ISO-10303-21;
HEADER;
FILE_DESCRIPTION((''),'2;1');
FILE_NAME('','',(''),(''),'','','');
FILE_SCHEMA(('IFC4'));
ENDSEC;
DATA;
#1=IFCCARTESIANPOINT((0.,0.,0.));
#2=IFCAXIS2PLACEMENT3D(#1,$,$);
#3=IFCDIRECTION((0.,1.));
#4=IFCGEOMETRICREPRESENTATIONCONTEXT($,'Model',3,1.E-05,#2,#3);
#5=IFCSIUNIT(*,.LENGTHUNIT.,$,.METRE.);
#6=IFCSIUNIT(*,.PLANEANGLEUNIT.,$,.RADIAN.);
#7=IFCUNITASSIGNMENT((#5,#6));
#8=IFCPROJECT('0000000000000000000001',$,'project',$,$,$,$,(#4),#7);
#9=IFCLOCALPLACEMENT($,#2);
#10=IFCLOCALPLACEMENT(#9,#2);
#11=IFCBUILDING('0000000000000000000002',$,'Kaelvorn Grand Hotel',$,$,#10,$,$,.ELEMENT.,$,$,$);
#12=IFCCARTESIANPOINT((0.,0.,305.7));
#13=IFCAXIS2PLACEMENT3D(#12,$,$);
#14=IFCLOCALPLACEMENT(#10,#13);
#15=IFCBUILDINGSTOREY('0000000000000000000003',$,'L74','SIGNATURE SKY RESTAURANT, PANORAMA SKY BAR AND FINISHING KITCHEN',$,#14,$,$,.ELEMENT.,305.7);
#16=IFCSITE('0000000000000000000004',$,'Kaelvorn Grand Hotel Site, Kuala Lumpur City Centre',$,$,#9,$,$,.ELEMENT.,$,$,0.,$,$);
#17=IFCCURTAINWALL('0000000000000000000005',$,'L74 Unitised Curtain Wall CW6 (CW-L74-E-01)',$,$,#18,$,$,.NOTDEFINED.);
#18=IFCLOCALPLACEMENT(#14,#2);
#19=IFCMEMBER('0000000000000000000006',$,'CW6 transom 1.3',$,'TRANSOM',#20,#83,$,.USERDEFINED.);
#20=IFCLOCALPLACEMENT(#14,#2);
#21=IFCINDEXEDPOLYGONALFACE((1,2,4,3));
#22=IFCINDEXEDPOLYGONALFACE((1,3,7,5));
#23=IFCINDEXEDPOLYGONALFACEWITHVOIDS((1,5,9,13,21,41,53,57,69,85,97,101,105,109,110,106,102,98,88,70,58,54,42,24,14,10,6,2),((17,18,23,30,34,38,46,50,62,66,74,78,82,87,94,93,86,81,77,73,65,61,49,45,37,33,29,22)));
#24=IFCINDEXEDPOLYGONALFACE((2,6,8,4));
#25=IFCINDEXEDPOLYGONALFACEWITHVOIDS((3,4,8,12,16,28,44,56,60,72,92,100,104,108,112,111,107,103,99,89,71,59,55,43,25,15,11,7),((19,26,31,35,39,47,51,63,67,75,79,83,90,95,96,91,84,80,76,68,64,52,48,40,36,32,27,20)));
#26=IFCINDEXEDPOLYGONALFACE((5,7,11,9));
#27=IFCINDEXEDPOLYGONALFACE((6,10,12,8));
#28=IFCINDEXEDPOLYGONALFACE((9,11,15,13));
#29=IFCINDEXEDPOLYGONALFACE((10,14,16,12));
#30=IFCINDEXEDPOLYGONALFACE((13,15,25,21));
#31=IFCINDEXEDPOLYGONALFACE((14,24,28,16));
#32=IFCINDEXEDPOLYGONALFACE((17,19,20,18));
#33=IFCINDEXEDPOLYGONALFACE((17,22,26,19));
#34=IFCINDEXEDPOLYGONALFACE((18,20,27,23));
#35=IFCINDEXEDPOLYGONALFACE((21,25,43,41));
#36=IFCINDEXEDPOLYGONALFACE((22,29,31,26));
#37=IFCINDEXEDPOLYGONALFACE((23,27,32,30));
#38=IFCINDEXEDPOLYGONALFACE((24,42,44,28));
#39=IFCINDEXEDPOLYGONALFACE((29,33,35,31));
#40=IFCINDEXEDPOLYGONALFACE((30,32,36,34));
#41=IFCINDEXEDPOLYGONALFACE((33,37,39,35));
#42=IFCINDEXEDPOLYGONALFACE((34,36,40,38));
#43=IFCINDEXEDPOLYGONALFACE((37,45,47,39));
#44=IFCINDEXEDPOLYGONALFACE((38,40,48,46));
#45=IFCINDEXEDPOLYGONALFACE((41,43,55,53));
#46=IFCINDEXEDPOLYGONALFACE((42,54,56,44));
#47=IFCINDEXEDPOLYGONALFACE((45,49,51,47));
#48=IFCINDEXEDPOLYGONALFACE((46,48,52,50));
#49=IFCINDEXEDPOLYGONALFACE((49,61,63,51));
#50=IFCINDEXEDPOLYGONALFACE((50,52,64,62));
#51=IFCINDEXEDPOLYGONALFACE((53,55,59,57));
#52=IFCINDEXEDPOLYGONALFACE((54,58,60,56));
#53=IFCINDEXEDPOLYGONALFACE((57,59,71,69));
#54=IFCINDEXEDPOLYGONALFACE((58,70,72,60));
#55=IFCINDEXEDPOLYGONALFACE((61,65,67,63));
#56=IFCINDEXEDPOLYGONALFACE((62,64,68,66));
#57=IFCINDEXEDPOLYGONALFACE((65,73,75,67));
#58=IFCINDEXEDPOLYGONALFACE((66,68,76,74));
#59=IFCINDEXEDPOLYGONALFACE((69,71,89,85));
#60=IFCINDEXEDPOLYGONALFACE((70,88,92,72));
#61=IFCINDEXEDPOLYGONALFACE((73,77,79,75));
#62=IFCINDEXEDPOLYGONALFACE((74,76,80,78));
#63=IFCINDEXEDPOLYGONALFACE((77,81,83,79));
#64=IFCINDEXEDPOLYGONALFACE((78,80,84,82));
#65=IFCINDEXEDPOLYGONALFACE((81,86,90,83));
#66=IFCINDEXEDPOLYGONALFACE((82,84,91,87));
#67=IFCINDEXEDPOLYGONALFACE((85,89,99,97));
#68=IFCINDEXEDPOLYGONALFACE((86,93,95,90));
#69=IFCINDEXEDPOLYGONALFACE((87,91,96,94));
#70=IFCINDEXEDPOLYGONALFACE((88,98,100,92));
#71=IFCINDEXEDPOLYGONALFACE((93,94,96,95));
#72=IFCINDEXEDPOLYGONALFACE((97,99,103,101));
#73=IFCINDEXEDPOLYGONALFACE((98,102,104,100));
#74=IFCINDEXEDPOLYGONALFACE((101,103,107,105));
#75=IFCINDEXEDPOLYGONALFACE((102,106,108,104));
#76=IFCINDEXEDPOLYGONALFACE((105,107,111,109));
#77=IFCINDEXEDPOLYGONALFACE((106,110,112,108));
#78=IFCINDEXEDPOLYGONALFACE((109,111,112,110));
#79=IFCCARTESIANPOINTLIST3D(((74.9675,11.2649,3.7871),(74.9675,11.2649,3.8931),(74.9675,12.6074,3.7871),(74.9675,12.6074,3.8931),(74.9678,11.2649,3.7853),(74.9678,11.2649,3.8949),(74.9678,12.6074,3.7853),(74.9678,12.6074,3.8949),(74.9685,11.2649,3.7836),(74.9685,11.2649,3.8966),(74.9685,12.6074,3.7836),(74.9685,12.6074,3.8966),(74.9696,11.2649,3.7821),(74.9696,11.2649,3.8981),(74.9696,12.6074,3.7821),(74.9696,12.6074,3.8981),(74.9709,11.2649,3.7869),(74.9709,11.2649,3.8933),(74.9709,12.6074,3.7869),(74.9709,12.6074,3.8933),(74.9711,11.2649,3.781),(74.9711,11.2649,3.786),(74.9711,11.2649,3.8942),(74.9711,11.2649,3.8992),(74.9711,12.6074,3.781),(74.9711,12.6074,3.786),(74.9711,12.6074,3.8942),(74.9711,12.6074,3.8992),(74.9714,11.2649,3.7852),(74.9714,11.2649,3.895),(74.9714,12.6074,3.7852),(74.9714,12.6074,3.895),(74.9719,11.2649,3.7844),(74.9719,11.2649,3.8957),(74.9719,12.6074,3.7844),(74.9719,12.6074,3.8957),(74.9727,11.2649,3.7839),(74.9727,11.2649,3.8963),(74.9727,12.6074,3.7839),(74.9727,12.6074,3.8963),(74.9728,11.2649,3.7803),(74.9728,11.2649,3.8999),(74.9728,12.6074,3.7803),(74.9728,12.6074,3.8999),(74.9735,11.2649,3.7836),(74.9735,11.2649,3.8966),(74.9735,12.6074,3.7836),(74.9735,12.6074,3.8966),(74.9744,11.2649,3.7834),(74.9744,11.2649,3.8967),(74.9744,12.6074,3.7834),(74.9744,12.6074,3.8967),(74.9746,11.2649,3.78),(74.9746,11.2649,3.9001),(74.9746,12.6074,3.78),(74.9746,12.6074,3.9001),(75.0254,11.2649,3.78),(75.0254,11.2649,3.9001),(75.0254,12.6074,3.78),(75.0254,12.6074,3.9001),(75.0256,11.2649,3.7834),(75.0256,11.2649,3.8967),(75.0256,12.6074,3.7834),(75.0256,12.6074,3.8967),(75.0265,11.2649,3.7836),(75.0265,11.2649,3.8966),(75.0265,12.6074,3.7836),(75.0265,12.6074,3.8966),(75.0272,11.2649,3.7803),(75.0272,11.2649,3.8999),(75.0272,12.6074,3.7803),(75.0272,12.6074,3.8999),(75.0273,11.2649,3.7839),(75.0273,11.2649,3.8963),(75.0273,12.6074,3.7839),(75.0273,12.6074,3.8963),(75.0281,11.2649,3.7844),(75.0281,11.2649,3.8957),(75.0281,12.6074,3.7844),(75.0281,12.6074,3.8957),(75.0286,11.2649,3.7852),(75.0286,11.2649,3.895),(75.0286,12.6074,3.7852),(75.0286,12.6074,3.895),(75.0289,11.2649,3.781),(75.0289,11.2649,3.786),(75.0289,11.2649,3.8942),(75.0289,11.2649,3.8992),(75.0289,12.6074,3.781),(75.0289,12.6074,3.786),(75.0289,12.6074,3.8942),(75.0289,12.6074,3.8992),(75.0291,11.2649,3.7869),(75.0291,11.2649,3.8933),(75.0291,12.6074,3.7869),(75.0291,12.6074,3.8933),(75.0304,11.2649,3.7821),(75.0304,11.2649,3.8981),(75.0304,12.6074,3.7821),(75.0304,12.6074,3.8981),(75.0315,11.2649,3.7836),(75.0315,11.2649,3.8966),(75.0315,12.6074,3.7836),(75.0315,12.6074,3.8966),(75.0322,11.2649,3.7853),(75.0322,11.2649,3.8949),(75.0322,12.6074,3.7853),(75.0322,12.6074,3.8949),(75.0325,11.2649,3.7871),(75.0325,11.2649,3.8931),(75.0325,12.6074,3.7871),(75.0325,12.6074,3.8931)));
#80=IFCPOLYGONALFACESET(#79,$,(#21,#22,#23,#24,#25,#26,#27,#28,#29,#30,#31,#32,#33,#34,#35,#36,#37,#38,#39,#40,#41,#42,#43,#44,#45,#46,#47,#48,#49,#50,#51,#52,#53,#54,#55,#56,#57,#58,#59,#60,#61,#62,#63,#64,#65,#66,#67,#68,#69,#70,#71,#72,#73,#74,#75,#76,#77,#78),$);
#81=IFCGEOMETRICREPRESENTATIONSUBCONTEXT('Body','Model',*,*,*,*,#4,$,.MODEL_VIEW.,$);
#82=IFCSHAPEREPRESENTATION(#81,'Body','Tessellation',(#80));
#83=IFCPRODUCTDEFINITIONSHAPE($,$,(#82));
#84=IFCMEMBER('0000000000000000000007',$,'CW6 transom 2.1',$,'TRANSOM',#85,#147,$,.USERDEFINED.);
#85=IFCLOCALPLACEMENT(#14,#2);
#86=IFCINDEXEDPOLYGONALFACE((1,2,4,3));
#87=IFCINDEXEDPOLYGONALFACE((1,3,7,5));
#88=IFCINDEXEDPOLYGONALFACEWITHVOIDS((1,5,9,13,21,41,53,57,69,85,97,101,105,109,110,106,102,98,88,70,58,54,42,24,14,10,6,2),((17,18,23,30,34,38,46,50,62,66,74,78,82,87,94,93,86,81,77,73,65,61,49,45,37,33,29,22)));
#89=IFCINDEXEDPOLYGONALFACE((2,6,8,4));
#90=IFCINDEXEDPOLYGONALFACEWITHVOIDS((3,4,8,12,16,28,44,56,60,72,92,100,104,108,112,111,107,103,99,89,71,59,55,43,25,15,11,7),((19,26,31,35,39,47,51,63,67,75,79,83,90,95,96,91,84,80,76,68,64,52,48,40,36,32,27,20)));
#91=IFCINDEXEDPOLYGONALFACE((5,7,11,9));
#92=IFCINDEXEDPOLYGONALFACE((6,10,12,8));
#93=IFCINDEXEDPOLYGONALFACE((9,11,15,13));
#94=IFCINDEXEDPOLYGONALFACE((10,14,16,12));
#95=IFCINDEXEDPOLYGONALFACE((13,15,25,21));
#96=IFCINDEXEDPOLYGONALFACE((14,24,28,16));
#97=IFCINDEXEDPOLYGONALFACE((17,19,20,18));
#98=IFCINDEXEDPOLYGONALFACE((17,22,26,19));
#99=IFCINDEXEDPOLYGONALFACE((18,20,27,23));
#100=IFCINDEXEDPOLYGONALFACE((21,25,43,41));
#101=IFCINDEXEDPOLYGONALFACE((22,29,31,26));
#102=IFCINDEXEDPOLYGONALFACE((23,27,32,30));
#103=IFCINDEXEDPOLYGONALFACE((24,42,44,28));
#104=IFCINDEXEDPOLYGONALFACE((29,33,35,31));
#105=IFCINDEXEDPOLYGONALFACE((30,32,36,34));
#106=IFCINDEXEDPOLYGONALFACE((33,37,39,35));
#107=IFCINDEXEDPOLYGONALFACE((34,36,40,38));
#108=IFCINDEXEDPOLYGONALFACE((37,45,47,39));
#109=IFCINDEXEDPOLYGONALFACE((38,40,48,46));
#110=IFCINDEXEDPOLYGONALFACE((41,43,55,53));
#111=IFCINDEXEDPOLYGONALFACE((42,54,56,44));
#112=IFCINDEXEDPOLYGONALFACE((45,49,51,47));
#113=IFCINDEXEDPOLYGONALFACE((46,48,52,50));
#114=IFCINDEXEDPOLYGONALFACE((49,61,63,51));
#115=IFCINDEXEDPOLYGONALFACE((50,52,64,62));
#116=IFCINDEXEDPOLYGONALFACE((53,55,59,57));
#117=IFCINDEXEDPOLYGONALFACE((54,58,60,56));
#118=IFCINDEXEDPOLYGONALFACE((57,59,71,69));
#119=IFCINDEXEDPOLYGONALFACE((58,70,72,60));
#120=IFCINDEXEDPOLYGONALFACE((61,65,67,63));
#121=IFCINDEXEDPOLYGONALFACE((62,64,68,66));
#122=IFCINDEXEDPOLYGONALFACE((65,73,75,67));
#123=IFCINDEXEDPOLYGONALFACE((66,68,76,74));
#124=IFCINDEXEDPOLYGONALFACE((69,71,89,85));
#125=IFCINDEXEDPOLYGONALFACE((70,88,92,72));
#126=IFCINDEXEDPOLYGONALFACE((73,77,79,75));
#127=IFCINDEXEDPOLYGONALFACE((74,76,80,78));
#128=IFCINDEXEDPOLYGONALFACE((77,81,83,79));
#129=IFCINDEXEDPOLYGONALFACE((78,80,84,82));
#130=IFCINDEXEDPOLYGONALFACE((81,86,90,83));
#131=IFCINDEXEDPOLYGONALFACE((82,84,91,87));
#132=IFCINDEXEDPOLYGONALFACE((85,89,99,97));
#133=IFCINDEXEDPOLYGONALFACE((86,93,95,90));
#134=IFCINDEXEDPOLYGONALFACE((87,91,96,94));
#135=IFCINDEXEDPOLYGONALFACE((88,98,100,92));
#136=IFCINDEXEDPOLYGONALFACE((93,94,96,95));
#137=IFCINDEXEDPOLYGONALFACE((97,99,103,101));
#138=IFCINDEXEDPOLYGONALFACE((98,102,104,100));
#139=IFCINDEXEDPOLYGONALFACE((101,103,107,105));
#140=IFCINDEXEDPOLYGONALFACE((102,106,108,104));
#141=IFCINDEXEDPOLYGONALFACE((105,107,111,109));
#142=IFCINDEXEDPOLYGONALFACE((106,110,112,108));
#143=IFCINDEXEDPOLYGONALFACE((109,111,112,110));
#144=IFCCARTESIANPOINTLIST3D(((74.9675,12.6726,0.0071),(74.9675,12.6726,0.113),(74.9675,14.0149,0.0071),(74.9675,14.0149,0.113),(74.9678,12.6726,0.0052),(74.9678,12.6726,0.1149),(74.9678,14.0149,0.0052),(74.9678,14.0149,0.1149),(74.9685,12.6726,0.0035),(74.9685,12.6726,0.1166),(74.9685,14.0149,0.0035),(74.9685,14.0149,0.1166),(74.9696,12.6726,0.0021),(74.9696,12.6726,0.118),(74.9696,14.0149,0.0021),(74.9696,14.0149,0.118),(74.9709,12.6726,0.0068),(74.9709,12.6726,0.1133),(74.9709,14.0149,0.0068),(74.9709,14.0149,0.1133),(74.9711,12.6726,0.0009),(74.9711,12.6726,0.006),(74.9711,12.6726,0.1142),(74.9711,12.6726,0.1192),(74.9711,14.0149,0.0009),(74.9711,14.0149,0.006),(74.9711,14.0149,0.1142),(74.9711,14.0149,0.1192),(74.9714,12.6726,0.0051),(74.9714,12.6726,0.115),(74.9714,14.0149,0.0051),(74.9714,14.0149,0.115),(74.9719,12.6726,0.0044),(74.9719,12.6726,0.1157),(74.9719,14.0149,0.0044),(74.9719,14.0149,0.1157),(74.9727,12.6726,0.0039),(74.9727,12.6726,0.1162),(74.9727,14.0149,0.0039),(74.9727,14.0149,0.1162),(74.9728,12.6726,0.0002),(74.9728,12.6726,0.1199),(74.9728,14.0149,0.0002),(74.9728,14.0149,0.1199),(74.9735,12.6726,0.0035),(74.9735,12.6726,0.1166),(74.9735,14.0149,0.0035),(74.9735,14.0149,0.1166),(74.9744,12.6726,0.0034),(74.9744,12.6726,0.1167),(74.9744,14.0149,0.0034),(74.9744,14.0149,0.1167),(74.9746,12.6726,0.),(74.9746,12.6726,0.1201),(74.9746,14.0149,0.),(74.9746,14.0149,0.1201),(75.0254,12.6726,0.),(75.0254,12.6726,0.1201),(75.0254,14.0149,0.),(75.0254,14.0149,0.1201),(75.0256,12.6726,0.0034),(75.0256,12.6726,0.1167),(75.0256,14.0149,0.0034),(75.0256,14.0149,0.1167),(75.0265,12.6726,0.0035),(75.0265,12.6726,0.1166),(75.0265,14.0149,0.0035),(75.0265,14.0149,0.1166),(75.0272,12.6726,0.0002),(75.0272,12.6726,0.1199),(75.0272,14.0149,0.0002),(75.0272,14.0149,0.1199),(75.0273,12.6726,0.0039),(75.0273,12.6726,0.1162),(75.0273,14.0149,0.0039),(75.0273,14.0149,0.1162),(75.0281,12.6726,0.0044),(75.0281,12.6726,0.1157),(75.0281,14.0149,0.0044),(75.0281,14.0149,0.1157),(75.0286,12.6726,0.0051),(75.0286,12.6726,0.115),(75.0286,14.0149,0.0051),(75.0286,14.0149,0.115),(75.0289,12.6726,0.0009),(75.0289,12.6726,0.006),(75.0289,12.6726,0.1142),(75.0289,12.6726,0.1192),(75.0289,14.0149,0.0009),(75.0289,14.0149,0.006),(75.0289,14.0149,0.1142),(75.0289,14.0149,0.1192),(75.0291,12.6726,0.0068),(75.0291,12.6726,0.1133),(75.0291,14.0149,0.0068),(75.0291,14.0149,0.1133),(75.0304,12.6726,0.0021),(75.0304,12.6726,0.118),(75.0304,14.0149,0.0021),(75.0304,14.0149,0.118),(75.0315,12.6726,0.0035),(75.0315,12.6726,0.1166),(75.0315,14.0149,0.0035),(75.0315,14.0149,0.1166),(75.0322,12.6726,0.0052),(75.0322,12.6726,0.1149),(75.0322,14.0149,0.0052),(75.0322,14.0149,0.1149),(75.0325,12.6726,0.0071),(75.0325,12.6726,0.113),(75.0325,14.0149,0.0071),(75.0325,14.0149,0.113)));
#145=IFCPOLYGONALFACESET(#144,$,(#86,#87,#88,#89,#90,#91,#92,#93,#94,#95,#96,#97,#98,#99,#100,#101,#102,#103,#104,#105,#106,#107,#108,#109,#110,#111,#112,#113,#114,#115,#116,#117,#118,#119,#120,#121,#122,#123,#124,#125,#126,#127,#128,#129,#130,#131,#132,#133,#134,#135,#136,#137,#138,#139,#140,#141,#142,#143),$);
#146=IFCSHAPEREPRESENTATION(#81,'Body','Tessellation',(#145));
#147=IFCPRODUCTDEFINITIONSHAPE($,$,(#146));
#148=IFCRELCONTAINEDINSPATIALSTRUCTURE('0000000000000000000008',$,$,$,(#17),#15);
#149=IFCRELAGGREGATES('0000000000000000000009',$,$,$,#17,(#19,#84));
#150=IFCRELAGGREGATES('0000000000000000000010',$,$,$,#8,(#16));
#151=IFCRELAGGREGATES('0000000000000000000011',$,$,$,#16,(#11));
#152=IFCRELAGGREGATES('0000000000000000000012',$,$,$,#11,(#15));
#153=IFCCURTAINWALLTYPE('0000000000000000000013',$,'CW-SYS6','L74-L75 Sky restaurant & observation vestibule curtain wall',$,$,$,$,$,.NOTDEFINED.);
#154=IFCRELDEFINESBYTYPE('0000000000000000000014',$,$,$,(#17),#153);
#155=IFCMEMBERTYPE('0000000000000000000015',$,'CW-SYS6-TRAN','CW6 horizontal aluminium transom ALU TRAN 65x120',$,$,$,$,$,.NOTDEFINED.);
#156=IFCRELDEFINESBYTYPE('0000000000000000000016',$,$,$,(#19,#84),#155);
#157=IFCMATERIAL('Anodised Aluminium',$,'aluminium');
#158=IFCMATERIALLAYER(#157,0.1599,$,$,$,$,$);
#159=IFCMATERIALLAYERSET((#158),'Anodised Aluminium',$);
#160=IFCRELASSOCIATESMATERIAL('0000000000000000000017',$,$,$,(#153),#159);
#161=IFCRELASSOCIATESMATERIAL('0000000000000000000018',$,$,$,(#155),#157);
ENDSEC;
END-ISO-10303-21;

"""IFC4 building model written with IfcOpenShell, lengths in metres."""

from ifc_helpers import new_model, si_unit, direction, frame, origin, origin_2d, place, context, subcontext, project, spatial, hollow_rectangle, extrude, material, layer, layer_set, material_profile, profile_set, type_object, element, aggregate, save


model = new_model("IFC4")

# Units and contexts
model_context = context("Model", 3, precision=1e-05, world=origin(), true_north=direction((0.0, 1.0)))
body_context = subcontext(model_context, "Body", "Model", "MODEL_VIEW")
ifc_project = project(units=[si_unit("LENGTHUNIT", "METRE"), si_unit("PLANEANGLEUNIT", "RADIAN")], contexts=[model_context])

# Site, building, storey
site_placement = place(None, origin())
site = spatial("IfcSite", under=ifc_project, at=site_placement, Name="Kaelvorn Grand Hotel Site, Kuala Lumpur City Centre", CompositionType="ELEMENT", RefElevation=0.0)
building_placement = place(site_placement, origin())
building = spatial("IfcBuilding", under=site, at=building_placement, Name="Kaelvorn Grand Hotel", CompositionType="ELEMENT")
storey_placement = place(building_placement, frame((0.0, 0.0, 305.7)))
storey = spatial("IfcBuildingStorey", under=building, at=storey_placement, Name="L74", Description="SIGNATURE SKY RESTAURANT, PANORAMA SKY BAR AND FINISHING KITCHEN", CompositionType="ELEMENT", Elevation=305.7)

# Curtain wall, members
ifc_material_1 = material(Name="Anodised Aluminium", Category="aluminium")
ifc_layer_1 = layer(ifc_material_1, 0.1599)
ifc_layer_set_1 = layer_set([ifc_layer_1], Name="Anodised Aluminium")
curtain_wall_type = type_object("IfcCurtainWallType", Name="CW-SYS6", Description="L74-L75 Sky restaurant & observation vestibule curtain wall", PredefinedType="NOTDEFINED", material=ifc_layer_set_1)
curtain_wall_placement = place(storey_placement, origin())
curtain_wall = element("IfcCurtainWall", 1, at=curtain_wall_placement, inside=storey, type_object=curtain_wall_type, Name="L74 Unitised Curtain Wall CW6 (CW-L74-E-01)", PredefinedType="NOTDEFINED")
ifc_material_profile_1 = material_profile(ifc_material_1, hollow_rectangle(XDim=0.0649, YDim=0.1201, WallThickness=0.0034, InnerFilletRadius=0.0034, OuterFilletRadius=0.0071, at=origin_2d()), Name="ALU TRAN 65x120")
ifc_profile_set_1 = profile_set([ifc_material_profile_1], Name="Anodised Aluminium")
member_type_1 = type_object("IfcMemberType", Name="CW-SYS6-TRAN", Description="CW6 horizontal aluminium transom ALU TRAN 65x120", PredefinedType="NOTDEFINED", material=ifc_profile_set_1)
member_1_placement = place(storey_placement, frame((75.0, 11.2649, 3.8401), z_axis=(0.0, 1.0, 0.0), x_axis=(-1.0, 0.0, 0.0)))
member_1 = element("IfcMember", 2, at=member_1_placement, type_object=member_type_1, Name="CW6 transom 1.3", ObjectType="TRANSOM", PredefinedType="USERDEFINED", context=body_context, shape_type="SweptSolid", body=[
    extrude(hollow_rectangle(XDim=0.0649, YDim=0.1201, WallThickness=0.0034, InnerFilletRadius=0.0034, OuterFilletRadius=0.0071, at=origin_2d()), origin(), (0.0, 0.0, 1.0), 1.3425),
])
member_2_placement = place(storey_placement, frame((75.0, 12.6726, 0.0601), z_axis=(0.0, 1.0, 0.0), x_axis=(-1.0, 0.0, 0.0)))
member_2 = element("IfcMember", 3, at=member_2_placement, type_object=member_type_1, Name="CW6 transom 2.1", ObjectType="TRANSOM", PredefinedType="USERDEFINED", context=body_context, shape_type="SweptSolid", body=[
    extrude(hollow_rectangle(XDim=0.0649, YDim=0.1201, WallThickness=0.0034, InnerFilletRadius=0.0034, OuterFilletRadius=0.0071, at=origin_2d()), origin(), (0.0, 0.0, 1.0), 1.3423),
])
aggregate(curtain_wall, [member_1, member_2])

save(model, "model.ifc")
